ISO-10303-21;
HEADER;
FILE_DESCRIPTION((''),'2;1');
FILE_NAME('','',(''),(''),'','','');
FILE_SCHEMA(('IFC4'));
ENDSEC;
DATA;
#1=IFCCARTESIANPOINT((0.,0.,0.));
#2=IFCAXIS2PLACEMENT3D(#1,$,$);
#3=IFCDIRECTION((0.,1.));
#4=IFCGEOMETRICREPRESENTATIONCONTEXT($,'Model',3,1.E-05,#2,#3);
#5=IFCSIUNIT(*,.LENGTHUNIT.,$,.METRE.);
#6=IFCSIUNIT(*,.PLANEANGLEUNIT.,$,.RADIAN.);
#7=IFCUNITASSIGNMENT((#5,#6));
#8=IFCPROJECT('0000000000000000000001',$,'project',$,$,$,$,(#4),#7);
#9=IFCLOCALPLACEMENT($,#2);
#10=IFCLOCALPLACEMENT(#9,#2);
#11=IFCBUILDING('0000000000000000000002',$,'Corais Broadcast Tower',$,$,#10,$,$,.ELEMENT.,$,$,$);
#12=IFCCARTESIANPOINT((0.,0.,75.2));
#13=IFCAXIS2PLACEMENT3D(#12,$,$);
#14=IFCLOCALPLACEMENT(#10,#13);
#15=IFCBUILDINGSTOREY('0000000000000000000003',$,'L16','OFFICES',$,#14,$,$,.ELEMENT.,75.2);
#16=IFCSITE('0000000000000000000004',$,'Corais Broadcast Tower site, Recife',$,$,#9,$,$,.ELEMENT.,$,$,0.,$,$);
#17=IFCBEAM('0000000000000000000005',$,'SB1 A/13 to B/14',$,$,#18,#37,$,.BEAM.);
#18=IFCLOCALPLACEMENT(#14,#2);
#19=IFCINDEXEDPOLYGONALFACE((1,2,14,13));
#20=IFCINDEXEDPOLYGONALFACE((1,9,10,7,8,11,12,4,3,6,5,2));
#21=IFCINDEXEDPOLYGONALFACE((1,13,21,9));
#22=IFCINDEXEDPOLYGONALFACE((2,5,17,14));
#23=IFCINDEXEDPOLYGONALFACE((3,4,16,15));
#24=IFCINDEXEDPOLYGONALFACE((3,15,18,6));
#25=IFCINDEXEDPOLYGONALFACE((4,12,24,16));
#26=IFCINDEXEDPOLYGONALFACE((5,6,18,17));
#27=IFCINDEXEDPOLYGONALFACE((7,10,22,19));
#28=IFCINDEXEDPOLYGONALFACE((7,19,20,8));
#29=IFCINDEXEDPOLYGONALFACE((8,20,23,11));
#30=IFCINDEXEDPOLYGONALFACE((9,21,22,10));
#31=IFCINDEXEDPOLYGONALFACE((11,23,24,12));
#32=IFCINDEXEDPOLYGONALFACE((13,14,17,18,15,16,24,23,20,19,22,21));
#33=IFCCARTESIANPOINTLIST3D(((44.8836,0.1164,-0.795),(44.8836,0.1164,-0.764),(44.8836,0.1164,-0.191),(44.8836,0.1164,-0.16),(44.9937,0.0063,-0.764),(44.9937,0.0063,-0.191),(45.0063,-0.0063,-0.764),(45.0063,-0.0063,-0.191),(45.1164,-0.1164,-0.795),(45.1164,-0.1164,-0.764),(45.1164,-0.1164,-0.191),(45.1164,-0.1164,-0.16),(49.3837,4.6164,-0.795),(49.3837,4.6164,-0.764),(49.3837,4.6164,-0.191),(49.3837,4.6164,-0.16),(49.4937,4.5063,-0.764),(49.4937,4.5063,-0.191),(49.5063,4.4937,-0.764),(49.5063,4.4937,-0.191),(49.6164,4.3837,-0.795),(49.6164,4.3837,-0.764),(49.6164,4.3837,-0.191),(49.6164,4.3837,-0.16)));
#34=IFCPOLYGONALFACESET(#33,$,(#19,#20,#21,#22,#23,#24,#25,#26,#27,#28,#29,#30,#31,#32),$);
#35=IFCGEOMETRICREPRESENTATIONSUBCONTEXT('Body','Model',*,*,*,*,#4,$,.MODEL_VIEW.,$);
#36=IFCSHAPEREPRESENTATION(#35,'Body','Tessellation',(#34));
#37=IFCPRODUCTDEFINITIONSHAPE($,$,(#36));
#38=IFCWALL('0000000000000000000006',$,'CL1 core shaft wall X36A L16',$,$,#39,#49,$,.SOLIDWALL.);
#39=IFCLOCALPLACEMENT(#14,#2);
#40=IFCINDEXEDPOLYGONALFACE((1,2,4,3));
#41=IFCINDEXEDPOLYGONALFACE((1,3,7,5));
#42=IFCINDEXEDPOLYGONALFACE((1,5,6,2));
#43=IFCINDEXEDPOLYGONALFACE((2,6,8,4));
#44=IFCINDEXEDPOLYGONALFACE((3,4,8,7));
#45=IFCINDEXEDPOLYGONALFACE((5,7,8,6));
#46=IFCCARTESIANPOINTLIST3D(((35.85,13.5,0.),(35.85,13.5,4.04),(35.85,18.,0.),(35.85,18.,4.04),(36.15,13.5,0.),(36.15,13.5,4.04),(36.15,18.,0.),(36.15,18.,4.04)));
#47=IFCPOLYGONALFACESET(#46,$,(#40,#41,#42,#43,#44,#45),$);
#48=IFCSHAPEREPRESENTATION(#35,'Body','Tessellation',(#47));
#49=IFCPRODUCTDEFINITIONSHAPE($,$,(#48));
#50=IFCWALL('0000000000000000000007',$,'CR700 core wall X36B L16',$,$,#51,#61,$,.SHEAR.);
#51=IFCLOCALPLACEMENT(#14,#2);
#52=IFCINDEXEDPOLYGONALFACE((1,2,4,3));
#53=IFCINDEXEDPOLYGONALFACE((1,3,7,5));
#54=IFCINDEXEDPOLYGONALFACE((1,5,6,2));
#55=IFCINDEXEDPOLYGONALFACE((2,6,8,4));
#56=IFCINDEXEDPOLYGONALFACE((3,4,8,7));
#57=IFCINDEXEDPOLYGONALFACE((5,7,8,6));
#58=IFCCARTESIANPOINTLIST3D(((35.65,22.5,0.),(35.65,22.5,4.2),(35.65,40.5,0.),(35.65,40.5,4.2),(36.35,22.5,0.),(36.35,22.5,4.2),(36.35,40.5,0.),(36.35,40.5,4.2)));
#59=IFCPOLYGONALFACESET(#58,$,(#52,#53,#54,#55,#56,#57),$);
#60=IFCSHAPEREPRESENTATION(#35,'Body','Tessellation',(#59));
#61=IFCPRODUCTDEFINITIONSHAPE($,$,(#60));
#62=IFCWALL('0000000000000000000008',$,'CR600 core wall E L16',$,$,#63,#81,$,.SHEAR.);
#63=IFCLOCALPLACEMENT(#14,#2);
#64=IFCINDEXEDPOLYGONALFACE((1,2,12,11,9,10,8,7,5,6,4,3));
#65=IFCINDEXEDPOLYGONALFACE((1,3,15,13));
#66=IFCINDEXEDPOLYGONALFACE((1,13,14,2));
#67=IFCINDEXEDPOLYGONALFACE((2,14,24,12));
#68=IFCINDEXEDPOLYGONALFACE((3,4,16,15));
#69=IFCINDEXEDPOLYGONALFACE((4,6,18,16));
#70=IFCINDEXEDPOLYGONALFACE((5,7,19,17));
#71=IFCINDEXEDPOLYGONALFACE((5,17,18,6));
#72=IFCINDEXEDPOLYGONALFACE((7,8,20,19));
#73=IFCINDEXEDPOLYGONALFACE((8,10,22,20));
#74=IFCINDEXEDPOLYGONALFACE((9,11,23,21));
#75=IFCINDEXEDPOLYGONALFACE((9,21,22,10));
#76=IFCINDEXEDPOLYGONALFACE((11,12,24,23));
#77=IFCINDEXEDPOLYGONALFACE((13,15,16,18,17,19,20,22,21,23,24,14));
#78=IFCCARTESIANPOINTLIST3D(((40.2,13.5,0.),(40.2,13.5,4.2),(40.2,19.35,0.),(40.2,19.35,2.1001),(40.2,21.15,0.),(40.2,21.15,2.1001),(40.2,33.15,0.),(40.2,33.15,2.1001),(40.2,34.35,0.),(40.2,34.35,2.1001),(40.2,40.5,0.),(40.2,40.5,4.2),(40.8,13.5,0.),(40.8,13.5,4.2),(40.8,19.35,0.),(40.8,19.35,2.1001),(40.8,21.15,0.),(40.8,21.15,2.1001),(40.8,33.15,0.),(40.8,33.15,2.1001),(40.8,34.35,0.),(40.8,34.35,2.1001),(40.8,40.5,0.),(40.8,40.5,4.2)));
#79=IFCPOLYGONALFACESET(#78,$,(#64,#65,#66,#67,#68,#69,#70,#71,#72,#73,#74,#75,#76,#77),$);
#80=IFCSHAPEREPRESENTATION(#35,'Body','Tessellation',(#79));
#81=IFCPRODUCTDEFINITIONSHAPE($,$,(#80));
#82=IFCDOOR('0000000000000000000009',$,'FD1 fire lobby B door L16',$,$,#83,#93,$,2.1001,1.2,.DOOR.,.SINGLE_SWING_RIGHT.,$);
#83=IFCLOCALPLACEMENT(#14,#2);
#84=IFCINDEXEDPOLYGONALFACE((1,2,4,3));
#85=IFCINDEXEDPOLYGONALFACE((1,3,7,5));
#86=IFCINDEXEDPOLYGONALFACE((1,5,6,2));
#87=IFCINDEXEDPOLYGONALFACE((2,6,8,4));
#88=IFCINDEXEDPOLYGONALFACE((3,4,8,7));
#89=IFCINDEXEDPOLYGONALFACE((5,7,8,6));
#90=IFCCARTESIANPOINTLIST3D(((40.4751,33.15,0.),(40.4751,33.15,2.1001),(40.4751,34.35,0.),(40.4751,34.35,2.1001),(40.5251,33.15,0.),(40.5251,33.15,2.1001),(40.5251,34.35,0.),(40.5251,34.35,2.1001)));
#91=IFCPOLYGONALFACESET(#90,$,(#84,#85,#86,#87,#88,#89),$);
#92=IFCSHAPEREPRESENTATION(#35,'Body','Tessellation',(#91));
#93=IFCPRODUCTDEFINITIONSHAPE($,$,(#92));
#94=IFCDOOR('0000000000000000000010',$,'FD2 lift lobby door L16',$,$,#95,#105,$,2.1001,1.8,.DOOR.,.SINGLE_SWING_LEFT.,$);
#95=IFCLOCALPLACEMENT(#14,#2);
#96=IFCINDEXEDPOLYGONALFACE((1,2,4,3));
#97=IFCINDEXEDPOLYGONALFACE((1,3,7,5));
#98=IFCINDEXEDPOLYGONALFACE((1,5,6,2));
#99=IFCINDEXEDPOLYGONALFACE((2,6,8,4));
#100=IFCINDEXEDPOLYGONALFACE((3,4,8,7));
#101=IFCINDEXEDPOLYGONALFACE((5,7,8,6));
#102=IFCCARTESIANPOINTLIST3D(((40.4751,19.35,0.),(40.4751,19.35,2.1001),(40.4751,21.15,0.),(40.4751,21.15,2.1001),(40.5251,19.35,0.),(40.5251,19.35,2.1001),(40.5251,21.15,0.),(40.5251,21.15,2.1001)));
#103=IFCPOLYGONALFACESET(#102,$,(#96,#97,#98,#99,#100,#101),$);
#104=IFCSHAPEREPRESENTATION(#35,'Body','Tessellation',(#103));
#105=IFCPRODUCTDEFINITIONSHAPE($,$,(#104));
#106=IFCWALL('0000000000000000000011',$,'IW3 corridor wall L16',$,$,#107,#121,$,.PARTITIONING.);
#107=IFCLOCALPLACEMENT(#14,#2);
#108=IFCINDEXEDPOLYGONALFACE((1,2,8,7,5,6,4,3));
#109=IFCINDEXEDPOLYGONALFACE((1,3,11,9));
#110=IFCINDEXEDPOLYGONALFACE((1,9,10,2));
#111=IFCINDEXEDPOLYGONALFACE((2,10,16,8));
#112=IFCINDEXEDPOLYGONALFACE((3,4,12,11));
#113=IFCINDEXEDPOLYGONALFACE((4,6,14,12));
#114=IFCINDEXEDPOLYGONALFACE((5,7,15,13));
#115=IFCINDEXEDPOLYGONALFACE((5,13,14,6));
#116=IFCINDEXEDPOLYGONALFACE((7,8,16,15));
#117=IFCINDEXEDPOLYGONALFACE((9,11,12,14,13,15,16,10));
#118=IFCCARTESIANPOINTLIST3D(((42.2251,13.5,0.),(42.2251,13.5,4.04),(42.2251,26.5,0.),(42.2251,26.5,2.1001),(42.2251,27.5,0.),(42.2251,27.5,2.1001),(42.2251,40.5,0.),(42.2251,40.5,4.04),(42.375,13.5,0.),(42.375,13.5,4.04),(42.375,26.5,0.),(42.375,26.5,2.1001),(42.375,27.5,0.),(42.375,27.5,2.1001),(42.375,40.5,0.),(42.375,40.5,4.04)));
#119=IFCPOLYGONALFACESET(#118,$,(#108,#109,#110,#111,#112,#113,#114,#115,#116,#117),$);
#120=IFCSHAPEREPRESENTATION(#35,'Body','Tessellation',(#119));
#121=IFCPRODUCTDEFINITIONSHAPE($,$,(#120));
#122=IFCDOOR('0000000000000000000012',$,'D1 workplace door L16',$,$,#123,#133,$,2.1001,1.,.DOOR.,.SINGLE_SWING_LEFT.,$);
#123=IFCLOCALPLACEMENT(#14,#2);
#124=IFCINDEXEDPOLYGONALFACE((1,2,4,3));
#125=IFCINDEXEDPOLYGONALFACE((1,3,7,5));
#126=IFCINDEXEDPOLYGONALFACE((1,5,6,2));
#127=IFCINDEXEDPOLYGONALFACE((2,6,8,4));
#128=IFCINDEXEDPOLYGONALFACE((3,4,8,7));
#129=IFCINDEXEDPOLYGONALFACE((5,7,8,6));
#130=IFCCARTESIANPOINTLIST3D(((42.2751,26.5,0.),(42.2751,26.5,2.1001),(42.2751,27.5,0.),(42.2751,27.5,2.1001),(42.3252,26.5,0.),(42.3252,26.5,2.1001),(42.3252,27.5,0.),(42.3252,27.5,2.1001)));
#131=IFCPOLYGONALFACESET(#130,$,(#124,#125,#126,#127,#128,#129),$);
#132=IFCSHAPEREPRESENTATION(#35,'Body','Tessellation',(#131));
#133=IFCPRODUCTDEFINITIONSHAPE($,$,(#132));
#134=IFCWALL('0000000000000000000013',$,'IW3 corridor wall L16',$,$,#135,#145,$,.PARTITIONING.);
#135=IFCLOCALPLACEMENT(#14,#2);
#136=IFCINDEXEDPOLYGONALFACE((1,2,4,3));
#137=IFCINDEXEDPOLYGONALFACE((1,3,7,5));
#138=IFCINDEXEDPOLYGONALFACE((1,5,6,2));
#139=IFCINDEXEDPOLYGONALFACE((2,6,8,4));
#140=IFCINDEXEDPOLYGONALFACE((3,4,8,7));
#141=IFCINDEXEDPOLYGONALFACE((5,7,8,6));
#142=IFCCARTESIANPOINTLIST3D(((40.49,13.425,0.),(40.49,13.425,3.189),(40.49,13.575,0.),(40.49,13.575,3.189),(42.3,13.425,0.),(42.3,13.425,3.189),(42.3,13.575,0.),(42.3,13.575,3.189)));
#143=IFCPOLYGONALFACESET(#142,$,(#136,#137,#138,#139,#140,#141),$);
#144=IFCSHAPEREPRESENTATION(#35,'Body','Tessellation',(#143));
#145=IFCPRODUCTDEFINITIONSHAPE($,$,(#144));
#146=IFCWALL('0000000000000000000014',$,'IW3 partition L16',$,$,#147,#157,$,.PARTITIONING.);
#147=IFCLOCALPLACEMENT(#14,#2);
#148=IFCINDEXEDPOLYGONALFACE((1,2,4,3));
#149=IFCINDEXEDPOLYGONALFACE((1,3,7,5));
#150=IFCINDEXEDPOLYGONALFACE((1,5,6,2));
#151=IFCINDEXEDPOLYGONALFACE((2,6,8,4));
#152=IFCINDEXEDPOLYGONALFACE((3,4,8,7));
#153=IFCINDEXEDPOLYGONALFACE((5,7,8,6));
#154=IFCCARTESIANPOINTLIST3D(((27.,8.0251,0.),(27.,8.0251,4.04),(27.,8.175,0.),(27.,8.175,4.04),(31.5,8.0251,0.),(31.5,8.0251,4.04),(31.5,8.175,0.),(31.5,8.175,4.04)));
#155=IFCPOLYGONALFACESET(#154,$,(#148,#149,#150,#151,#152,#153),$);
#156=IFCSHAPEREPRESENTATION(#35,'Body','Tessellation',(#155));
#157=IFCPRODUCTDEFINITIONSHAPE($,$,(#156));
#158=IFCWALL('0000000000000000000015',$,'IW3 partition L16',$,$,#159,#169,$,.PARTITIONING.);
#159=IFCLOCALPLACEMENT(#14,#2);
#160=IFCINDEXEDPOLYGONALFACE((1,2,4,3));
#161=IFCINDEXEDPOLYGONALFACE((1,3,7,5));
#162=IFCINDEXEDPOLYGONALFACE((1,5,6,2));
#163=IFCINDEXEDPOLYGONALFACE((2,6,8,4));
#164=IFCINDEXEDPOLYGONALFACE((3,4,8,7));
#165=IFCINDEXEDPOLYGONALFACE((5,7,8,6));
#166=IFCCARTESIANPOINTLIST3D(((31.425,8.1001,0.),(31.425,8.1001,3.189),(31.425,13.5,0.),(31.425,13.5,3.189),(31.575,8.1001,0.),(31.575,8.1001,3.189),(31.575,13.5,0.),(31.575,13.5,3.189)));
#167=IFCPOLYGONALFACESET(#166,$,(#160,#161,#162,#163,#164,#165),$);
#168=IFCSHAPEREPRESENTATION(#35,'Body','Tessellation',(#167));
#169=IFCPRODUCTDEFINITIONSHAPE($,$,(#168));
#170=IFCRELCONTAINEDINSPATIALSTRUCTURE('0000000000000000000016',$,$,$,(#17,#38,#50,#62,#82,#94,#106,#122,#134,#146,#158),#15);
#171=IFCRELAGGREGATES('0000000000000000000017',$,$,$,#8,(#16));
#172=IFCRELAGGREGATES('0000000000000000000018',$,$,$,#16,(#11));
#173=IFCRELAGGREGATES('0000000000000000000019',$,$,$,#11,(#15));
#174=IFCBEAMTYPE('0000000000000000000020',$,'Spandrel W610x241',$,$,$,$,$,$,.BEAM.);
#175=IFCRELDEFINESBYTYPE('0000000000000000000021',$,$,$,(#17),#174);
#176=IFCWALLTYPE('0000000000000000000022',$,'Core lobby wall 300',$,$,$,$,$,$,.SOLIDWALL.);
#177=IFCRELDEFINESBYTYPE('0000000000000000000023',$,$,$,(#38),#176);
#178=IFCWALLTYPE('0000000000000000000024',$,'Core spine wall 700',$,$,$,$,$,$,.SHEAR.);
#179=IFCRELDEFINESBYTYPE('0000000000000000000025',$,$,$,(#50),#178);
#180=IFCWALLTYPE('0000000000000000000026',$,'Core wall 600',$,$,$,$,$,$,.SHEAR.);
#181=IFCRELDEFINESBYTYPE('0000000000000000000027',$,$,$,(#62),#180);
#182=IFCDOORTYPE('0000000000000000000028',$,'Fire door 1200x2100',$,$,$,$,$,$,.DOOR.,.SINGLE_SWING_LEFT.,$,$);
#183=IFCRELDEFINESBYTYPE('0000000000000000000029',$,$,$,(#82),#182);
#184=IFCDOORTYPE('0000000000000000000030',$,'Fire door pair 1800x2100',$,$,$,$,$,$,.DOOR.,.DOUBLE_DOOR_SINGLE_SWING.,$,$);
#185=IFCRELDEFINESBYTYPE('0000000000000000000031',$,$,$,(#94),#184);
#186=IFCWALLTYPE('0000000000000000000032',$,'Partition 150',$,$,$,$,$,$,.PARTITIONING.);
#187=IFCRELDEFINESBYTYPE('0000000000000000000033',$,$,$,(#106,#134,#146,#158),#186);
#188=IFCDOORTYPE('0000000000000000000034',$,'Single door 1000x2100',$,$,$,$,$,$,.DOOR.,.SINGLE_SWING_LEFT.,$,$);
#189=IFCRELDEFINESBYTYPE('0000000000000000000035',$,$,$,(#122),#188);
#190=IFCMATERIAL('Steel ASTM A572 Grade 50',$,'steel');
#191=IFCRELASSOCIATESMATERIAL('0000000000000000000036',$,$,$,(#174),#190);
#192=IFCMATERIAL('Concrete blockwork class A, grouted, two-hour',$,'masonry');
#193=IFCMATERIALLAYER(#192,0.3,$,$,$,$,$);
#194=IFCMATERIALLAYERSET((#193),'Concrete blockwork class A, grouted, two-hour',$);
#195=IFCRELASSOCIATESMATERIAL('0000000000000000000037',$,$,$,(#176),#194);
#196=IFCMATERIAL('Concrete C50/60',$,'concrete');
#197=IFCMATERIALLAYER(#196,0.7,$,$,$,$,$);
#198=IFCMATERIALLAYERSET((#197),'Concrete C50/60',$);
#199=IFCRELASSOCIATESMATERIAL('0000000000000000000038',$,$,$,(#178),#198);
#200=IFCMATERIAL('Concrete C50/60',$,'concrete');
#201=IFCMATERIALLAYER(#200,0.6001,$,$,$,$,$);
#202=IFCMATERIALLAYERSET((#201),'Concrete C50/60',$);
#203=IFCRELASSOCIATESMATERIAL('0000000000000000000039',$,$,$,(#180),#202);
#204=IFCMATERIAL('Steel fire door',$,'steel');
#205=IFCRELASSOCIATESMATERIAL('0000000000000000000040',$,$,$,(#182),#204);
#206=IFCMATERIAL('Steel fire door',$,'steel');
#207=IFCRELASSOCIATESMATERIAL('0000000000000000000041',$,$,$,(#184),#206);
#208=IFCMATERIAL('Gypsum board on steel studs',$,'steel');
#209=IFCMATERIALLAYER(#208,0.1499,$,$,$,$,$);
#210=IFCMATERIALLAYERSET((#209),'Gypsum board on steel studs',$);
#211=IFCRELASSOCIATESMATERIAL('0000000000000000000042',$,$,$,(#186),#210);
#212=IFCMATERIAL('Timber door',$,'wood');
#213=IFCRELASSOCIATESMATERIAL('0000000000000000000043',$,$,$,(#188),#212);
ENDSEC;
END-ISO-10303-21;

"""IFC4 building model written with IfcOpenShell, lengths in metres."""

from ifc_helpers import new_model, si_unit, direction, frame, frame_2d, origin, origin_2d, place, context, subcontext, project, spatial, rectangle, i_section, extrude, material, layer, layer_set, material_profile, profile_set, type_object, element, fill, save


model = new_model("IFC4")

# Units and contexts
model_context = context("Model", 3, precision=1e-05, world=origin(), true_north=direction((0.0, 1.0)))
body_context = subcontext(model_context, "Body", "Model", "MODEL_VIEW")
ifc_project = project(units=[si_unit("LENGTHUNIT", "METRE"), si_unit("PLANEANGLEUNIT", "RADIAN")], contexts=[model_context])

# Site, building, storey
site_placement = place(None, origin())
site = spatial("IfcSite", under=ifc_project, at=site_placement, Name="Corais Broadcast Tower site, Recife", CompositionType="ELEMENT", RefElevation=0.0)
building_placement = place(site_placement, origin())
building = spatial("IfcBuilding", under=site, at=building_placement, Name="Corais Broadcast Tower", CompositionType="ELEMENT")
storey_placement = place(building_placement, frame((0.0, 0.0, 75.2)))
storey = spatial("IfcBuildingStorey", under=building, at=storey_placement, Name="L16", Description="OFFICES", CompositionType="ELEMENT", Elevation=75.2)

# Beam
ifc_material_1 = material(Name="Steel ASTM A572 Grade 50", Category="steel")
ifc_material_profile_1 = material_profile(ifc_material_1, i_section(OverallWidth=0.3291, OverallDepth=0.635, WebThickness=0.0178, FlangeThickness=0.031, at=origin_2d()), Name="W610x241")
ifc_profile_set_1 = profile_set([ifc_material_profile_1], Name="Steel ASTM A572 Grade 50")
beam_type_1 = type_object("IfcBeamType", Name="Spandrel W610x241", PredefinedType="BEAM", material=ifc_profile_set_1)
beam_1_placement = place(storey_placement, frame((45.0, 0.0, -0.4775), z_axis=(0.707107, 0.707107, 0.0), x_axis=(-0.707107, 0.707107, 0.0)))
element("IfcBeam", 1, at=beam_1_placement, inside=storey, type_object=beam_type_1, Name="SB1 A/13 to B/14", PredefinedType="BEAM", context=body_context, shape_type="SweptSolid", body=[
    extrude(i_section(OverallWidth=0.3291, OverallDepth=0.635, WebThickness=0.0178, FlangeThickness=0.031, at=origin_2d()), origin(), (0.0, 0.0, 1.0), 6.364),
])

# Walls
ifc_material_2 = material(Name="Concrete blockwork class A, grouted, two-hour", Category="masonry")
ifc_layer_1 = layer(ifc_material_2, 0.3)
ifc_layer_set_1 = layer_set([ifc_layer_1], Name="Concrete blockwork class A, grouted, two-hour")
wall_type_1 = type_object("IfcWallType", Name="Core lobby wall 300", PredefinedType="SOLIDWALL", material=ifc_layer_set_1)
wall_1_placement = place(storey_placement, frame((36.0, 13.5, 0.0), z_axis=(0.0, 0.0, 1.0), x_axis=(0.0, 1.0, 0.0)))
element("IfcWall", 2, at=wall_1_placement, inside=storey, type_object=wall_type_1, Name="CL1 core shaft wall X36A L16", PredefinedType="SOLIDWALL", context=body_context, shape_type="SweptSolid", body=[
    extrude(rectangle(XDim=4.5, YDim=0.3, at=frame_2d((2.25, 0.0))), origin(), (0.0, 0.0, 1.0), 4.04),
])
ifc_material_3 = material(Name="Concrete C50/60", Category="concrete")
ifc_layer_2 = layer(ifc_material_3, 0.7)
ifc_layer_set_2 = layer_set([ifc_layer_2], Name="Concrete C50/60")
wall_type_2 = type_object("IfcWallType", Name="Core spine wall 700", PredefinedType="SHEAR", material=ifc_layer_set_2)
wall_2_placement = place(storey_placement, frame((36.0, 22.5, 0.0), z_axis=(0.0, 0.0, 1.0), x_axis=(0.0, 1.0, 0.0)))
element("IfcWall", 3, at=wall_2_placement, inside=storey, type_object=wall_type_2, Name="CR700 core wall X36B L16", PredefinedType="SHEAR", context=body_context, shape_type="SweptSolid", body=[
    extrude(rectangle(XDim=18.0, YDim=0.7, at=frame_2d((9.0, 0.0))), origin(), (0.0, 0.0, 1.0), 4.2),
])

# Wall, openings, doors
ifc_material_4 = material(Name="Concrete C50/60", Category="concrete")
ifc_layer_3 = layer(ifc_material_4, 0.6001)
ifc_layer_set_3 = layer_set([ifc_layer_3], Name="Concrete C50/60")
wall_type_3 = type_object("IfcWallType", Name="Core wall 600", PredefinedType="SHEAR", material=ifc_layer_set_3)
wall_3_placement = place(storey_placement, frame((40.5, 13.5, 0.0), z_axis=(0.0, 0.0, 1.0), x_axis=(0.0, 1.0, 0.0)))
wall_3 = element("IfcWall", 4, at=wall_3_placement, inside=storey, type_object=wall_type_3, Name="CR600 core wall E L16", PredefinedType="SHEAR", context=body_context, shape_type="SweptSolid", body=[
    extrude(rectangle(XDim=27.0, YDim=0.6001, at=frame_2d((13.5, 0.0))), origin(), (0.0, 0.0, 1.0), 4.2),
])
opening_1_placement = place(wall_3_placement, frame((5.8501, 0.0, 0.0)))
opening_1 = element("IfcOpeningElement", 5, at=opening_1_placement, cuts=wall_3, PredefinedType="OPENING", context=body_context, shape_type="SweptSolid", body=[
    extrude(rectangle(XDim=1.8, YDim=2.1001, at=frame_2d((0.8999, 1.05))), frame((0.0, 0.3101, 0.0), z_axis=(0.0, -1.0, 0.0), x_axis=(1.0, 0.0, 0.0)), (0.0, 0.0, 1.0), 0.6201),
])
opening_2_placement = place(wall_3_placement, frame((19.6499, 0.0, 0.0)))
opening_2 = element("IfcOpeningElement", 6, at=opening_2_placement, cuts=wall_3, PredefinedType="OPENING", context=body_context, shape_type="SweptSolid", body=[
    extrude(rectangle(XDim=1.2, YDim=2.1001, at=frame_2d((0.6001, 1.05))), frame((0.0, 0.3101, 0.0), z_axis=(0.0, -1.0, 0.0), x_axis=(1.0, 0.0, 0.0)), (0.0, 0.0, 1.0), 0.6201),
])
ifc_material_5 = material(Name="Steel fire door", Category="steel")
door_type_1 = type_object("IfcDoorType", Name="Fire door 1200x2100", OperationType="SINGLE_SWING_LEFT", PredefinedType="DOOR", material=ifc_material_5)
door_1_placement = place(opening_2_placement, origin())
door_1 = element("IfcDoor", 7, at=door_1_placement, inside=storey, type_object=door_type_1, Name="FD1 fire lobby B door L16", OperationType="SINGLE_SWING_RIGHT", OverallHeight=2.1001, OverallWidth=1.2, PredefinedType="DOOR", context=body_context, shape_type="SweptSolid", body=[
    extrude(rectangle(XDim=1.2, YDim=2.1001, at=frame_2d((0.6001, 1.05))), frame((0.0, 0.0249, 0.0), z_axis=(0.0, -1.0, 0.0), x_axis=(1.0, 0.0, 0.0)), (0.0, 0.0, 1.0), 0.05),
])
fill(opening_2, door_1)
ifc_material_6 = material(Name="Steel fire door", Category="steel")
door_type_2 = type_object("IfcDoorType", Name="Fire door pair 1800x2100", OperationType="DOUBLE_DOOR_SINGLE_SWING", PredefinedType="DOOR", material=ifc_material_6)
door_2_placement = place(opening_1_placement, origin())
door_2 = element("IfcDoor", 8, at=door_2_placement, inside=storey, type_object=door_type_2, Name="FD2 lift lobby door L16", OperationType="SINGLE_SWING_LEFT", OverallHeight=2.1001, OverallWidth=1.8, PredefinedType="DOOR", context=body_context, shape_type="SweptSolid", body=[
    extrude(rectangle(XDim=1.8, YDim=2.1001, at=frame_2d((0.8999, 1.05))), frame((0.0, 0.0249, 0.0), z_axis=(0.0, -1.0, 0.0), x_axis=(1.0, 0.0, 0.0)), (0.0, 0.0, 1.0), 0.05),
])
fill(opening_1, door_2)

# Wall, opening, door
ifc_material_7 = material(Name="Gypsum board on steel studs", Category="steel")
ifc_layer_4 = layer(ifc_material_7, 0.1499)
ifc_layer_set_4 = layer_set([ifc_layer_4], Name="Gypsum board on steel studs")
wall_type_4 = type_object("IfcWallType", Name="Partition 150", PredefinedType="PARTITIONING", material=ifc_layer_set_4)
wall_4_placement = place(storey_placement, frame((42.3, 13.5, 0.0), z_axis=(0.0, 0.0, 1.0), x_axis=(0.0, 1.0, 0.0)))
wall_4 = element("IfcWall", 9, at=wall_4_placement, inside=storey, type_object=wall_type_4, Name="IW3 corridor wall L16", PredefinedType="PARTITIONING", context=body_context, shape_type="SweptSolid", body=[
    extrude(rectangle(XDim=27.0, YDim=0.1499, at=frame_2d((13.5, 0.0))), origin(), (0.0, 0.0, 1.0), 4.04),
])
opening_3_placement = place(wall_4_placement, frame((13.0, 0.0, 0.0)))
opening_3 = element("IfcOpeningElement", 10, at=opening_3_placement, cuts=wall_4, PredefinedType="OPENING", context=body_context, shape_type="SweptSolid", body=[
    extrude(rectangle(XDim=1.0, YDim=2.1001, at=frame_2d((0.5, 1.05))), frame((0.0, 0.085, 0.0), z_axis=(0.0, -1.0, 0.0), x_axis=(1.0, 0.0, 0.0)), (0.0, 0.0, 1.0), 0.1699),
])
ifc_material_8 = material(Name="Timber door", Category="wood")
door_type_3 = type_object("IfcDoorType", Name="Single door 1000x2100", OperationType="SINGLE_SWING_LEFT", PredefinedType="DOOR", material=ifc_material_8)
door_3_placement = place(opening_3_placement, origin())
door_3 = element("IfcDoor", 11, at=door_3_placement, inside=storey, type_object=door_type_3, Name="D1 workplace door L16", OperationType="SINGLE_SWING_LEFT", OverallHeight=2.1001, OverallWidth=1.0, PredefinedType="DOOR", context=body_context, shape_type="SweptSolid", body=[
    extrude(rectangle(XDim=1.0, YDim=2.1001, at=frame_2d((0.5, 1.05))), frame((0.0, 0.0249, 0.0), z_axis=(0.0, -1.0, 0.0), x_axis=(1.0, 0.0, 0.0)), (0.0, 0.0, 1.0), 0.05),
])
fill(opening_3, door_3)

# Walls
wall_5_placement = place(storey_placement, frame((40.49, 13.5, 0.0), z_axis=(0.0, 0.0, 1.0), x_axis=(1.0, 0.0, 0.0)))
element("IfcWall", 12, at=wall_5_placement, inside=storey, type_object=wall_type_4, Name="IW3 corridor wall L16", PredefinedType="PARTITIONING", context=body_context, shape_type="SweptSolid", body=[
    extrude(rectangle(XDim=1.8101, YDim=0.1499, at=frame_2d((0.905, 0.0))), origin(), (0.0, 0.0, 1.0), 3.189),
])
wall_6_placement = place(storey_placement, frame((27.0, 8.1001, 0.0), z_axis=(0.0, 0.0, 1.0), x_axis=(1.0, 0.0, 0.0)))
element("IfcWall", 13, at=wall_6_placement, inside=storey, type_object=wall_type_4, Name="IW3 partition L16", PredefinedType="PARTITIONING", context=body_context, shape_type="SweptSolid", body=[
    extrude(rectangle(XDim=4.5, YDim=0.1499, at=frame_2d((2.25, 0.0))), origin(), (0.0, 0.0, 1.0), 4.04),
])
wall_7_placement = place(storey_placement, frame((31.5, 8.1001, 0.0), z_axis=(0.0, 0.0, 1.0), x_axis=(0.0, 1.0, 0.0)))
element("IfcWall", 14, at=wall_7_placement, inside=storey, type_object=wall_type_4, Name="IW3 partition L16", PredefinedType="PARTITIONING", context=body_context, shape_type="SweptSolid", body=[
    extrude(rectangle(XDim=5.3999, YDim=0.1499, at=frame_2d((2.7, 0.0))), origin(), (0.0, 0.0, 1.0), 3.189),
])

save(model, "model.ifc")
